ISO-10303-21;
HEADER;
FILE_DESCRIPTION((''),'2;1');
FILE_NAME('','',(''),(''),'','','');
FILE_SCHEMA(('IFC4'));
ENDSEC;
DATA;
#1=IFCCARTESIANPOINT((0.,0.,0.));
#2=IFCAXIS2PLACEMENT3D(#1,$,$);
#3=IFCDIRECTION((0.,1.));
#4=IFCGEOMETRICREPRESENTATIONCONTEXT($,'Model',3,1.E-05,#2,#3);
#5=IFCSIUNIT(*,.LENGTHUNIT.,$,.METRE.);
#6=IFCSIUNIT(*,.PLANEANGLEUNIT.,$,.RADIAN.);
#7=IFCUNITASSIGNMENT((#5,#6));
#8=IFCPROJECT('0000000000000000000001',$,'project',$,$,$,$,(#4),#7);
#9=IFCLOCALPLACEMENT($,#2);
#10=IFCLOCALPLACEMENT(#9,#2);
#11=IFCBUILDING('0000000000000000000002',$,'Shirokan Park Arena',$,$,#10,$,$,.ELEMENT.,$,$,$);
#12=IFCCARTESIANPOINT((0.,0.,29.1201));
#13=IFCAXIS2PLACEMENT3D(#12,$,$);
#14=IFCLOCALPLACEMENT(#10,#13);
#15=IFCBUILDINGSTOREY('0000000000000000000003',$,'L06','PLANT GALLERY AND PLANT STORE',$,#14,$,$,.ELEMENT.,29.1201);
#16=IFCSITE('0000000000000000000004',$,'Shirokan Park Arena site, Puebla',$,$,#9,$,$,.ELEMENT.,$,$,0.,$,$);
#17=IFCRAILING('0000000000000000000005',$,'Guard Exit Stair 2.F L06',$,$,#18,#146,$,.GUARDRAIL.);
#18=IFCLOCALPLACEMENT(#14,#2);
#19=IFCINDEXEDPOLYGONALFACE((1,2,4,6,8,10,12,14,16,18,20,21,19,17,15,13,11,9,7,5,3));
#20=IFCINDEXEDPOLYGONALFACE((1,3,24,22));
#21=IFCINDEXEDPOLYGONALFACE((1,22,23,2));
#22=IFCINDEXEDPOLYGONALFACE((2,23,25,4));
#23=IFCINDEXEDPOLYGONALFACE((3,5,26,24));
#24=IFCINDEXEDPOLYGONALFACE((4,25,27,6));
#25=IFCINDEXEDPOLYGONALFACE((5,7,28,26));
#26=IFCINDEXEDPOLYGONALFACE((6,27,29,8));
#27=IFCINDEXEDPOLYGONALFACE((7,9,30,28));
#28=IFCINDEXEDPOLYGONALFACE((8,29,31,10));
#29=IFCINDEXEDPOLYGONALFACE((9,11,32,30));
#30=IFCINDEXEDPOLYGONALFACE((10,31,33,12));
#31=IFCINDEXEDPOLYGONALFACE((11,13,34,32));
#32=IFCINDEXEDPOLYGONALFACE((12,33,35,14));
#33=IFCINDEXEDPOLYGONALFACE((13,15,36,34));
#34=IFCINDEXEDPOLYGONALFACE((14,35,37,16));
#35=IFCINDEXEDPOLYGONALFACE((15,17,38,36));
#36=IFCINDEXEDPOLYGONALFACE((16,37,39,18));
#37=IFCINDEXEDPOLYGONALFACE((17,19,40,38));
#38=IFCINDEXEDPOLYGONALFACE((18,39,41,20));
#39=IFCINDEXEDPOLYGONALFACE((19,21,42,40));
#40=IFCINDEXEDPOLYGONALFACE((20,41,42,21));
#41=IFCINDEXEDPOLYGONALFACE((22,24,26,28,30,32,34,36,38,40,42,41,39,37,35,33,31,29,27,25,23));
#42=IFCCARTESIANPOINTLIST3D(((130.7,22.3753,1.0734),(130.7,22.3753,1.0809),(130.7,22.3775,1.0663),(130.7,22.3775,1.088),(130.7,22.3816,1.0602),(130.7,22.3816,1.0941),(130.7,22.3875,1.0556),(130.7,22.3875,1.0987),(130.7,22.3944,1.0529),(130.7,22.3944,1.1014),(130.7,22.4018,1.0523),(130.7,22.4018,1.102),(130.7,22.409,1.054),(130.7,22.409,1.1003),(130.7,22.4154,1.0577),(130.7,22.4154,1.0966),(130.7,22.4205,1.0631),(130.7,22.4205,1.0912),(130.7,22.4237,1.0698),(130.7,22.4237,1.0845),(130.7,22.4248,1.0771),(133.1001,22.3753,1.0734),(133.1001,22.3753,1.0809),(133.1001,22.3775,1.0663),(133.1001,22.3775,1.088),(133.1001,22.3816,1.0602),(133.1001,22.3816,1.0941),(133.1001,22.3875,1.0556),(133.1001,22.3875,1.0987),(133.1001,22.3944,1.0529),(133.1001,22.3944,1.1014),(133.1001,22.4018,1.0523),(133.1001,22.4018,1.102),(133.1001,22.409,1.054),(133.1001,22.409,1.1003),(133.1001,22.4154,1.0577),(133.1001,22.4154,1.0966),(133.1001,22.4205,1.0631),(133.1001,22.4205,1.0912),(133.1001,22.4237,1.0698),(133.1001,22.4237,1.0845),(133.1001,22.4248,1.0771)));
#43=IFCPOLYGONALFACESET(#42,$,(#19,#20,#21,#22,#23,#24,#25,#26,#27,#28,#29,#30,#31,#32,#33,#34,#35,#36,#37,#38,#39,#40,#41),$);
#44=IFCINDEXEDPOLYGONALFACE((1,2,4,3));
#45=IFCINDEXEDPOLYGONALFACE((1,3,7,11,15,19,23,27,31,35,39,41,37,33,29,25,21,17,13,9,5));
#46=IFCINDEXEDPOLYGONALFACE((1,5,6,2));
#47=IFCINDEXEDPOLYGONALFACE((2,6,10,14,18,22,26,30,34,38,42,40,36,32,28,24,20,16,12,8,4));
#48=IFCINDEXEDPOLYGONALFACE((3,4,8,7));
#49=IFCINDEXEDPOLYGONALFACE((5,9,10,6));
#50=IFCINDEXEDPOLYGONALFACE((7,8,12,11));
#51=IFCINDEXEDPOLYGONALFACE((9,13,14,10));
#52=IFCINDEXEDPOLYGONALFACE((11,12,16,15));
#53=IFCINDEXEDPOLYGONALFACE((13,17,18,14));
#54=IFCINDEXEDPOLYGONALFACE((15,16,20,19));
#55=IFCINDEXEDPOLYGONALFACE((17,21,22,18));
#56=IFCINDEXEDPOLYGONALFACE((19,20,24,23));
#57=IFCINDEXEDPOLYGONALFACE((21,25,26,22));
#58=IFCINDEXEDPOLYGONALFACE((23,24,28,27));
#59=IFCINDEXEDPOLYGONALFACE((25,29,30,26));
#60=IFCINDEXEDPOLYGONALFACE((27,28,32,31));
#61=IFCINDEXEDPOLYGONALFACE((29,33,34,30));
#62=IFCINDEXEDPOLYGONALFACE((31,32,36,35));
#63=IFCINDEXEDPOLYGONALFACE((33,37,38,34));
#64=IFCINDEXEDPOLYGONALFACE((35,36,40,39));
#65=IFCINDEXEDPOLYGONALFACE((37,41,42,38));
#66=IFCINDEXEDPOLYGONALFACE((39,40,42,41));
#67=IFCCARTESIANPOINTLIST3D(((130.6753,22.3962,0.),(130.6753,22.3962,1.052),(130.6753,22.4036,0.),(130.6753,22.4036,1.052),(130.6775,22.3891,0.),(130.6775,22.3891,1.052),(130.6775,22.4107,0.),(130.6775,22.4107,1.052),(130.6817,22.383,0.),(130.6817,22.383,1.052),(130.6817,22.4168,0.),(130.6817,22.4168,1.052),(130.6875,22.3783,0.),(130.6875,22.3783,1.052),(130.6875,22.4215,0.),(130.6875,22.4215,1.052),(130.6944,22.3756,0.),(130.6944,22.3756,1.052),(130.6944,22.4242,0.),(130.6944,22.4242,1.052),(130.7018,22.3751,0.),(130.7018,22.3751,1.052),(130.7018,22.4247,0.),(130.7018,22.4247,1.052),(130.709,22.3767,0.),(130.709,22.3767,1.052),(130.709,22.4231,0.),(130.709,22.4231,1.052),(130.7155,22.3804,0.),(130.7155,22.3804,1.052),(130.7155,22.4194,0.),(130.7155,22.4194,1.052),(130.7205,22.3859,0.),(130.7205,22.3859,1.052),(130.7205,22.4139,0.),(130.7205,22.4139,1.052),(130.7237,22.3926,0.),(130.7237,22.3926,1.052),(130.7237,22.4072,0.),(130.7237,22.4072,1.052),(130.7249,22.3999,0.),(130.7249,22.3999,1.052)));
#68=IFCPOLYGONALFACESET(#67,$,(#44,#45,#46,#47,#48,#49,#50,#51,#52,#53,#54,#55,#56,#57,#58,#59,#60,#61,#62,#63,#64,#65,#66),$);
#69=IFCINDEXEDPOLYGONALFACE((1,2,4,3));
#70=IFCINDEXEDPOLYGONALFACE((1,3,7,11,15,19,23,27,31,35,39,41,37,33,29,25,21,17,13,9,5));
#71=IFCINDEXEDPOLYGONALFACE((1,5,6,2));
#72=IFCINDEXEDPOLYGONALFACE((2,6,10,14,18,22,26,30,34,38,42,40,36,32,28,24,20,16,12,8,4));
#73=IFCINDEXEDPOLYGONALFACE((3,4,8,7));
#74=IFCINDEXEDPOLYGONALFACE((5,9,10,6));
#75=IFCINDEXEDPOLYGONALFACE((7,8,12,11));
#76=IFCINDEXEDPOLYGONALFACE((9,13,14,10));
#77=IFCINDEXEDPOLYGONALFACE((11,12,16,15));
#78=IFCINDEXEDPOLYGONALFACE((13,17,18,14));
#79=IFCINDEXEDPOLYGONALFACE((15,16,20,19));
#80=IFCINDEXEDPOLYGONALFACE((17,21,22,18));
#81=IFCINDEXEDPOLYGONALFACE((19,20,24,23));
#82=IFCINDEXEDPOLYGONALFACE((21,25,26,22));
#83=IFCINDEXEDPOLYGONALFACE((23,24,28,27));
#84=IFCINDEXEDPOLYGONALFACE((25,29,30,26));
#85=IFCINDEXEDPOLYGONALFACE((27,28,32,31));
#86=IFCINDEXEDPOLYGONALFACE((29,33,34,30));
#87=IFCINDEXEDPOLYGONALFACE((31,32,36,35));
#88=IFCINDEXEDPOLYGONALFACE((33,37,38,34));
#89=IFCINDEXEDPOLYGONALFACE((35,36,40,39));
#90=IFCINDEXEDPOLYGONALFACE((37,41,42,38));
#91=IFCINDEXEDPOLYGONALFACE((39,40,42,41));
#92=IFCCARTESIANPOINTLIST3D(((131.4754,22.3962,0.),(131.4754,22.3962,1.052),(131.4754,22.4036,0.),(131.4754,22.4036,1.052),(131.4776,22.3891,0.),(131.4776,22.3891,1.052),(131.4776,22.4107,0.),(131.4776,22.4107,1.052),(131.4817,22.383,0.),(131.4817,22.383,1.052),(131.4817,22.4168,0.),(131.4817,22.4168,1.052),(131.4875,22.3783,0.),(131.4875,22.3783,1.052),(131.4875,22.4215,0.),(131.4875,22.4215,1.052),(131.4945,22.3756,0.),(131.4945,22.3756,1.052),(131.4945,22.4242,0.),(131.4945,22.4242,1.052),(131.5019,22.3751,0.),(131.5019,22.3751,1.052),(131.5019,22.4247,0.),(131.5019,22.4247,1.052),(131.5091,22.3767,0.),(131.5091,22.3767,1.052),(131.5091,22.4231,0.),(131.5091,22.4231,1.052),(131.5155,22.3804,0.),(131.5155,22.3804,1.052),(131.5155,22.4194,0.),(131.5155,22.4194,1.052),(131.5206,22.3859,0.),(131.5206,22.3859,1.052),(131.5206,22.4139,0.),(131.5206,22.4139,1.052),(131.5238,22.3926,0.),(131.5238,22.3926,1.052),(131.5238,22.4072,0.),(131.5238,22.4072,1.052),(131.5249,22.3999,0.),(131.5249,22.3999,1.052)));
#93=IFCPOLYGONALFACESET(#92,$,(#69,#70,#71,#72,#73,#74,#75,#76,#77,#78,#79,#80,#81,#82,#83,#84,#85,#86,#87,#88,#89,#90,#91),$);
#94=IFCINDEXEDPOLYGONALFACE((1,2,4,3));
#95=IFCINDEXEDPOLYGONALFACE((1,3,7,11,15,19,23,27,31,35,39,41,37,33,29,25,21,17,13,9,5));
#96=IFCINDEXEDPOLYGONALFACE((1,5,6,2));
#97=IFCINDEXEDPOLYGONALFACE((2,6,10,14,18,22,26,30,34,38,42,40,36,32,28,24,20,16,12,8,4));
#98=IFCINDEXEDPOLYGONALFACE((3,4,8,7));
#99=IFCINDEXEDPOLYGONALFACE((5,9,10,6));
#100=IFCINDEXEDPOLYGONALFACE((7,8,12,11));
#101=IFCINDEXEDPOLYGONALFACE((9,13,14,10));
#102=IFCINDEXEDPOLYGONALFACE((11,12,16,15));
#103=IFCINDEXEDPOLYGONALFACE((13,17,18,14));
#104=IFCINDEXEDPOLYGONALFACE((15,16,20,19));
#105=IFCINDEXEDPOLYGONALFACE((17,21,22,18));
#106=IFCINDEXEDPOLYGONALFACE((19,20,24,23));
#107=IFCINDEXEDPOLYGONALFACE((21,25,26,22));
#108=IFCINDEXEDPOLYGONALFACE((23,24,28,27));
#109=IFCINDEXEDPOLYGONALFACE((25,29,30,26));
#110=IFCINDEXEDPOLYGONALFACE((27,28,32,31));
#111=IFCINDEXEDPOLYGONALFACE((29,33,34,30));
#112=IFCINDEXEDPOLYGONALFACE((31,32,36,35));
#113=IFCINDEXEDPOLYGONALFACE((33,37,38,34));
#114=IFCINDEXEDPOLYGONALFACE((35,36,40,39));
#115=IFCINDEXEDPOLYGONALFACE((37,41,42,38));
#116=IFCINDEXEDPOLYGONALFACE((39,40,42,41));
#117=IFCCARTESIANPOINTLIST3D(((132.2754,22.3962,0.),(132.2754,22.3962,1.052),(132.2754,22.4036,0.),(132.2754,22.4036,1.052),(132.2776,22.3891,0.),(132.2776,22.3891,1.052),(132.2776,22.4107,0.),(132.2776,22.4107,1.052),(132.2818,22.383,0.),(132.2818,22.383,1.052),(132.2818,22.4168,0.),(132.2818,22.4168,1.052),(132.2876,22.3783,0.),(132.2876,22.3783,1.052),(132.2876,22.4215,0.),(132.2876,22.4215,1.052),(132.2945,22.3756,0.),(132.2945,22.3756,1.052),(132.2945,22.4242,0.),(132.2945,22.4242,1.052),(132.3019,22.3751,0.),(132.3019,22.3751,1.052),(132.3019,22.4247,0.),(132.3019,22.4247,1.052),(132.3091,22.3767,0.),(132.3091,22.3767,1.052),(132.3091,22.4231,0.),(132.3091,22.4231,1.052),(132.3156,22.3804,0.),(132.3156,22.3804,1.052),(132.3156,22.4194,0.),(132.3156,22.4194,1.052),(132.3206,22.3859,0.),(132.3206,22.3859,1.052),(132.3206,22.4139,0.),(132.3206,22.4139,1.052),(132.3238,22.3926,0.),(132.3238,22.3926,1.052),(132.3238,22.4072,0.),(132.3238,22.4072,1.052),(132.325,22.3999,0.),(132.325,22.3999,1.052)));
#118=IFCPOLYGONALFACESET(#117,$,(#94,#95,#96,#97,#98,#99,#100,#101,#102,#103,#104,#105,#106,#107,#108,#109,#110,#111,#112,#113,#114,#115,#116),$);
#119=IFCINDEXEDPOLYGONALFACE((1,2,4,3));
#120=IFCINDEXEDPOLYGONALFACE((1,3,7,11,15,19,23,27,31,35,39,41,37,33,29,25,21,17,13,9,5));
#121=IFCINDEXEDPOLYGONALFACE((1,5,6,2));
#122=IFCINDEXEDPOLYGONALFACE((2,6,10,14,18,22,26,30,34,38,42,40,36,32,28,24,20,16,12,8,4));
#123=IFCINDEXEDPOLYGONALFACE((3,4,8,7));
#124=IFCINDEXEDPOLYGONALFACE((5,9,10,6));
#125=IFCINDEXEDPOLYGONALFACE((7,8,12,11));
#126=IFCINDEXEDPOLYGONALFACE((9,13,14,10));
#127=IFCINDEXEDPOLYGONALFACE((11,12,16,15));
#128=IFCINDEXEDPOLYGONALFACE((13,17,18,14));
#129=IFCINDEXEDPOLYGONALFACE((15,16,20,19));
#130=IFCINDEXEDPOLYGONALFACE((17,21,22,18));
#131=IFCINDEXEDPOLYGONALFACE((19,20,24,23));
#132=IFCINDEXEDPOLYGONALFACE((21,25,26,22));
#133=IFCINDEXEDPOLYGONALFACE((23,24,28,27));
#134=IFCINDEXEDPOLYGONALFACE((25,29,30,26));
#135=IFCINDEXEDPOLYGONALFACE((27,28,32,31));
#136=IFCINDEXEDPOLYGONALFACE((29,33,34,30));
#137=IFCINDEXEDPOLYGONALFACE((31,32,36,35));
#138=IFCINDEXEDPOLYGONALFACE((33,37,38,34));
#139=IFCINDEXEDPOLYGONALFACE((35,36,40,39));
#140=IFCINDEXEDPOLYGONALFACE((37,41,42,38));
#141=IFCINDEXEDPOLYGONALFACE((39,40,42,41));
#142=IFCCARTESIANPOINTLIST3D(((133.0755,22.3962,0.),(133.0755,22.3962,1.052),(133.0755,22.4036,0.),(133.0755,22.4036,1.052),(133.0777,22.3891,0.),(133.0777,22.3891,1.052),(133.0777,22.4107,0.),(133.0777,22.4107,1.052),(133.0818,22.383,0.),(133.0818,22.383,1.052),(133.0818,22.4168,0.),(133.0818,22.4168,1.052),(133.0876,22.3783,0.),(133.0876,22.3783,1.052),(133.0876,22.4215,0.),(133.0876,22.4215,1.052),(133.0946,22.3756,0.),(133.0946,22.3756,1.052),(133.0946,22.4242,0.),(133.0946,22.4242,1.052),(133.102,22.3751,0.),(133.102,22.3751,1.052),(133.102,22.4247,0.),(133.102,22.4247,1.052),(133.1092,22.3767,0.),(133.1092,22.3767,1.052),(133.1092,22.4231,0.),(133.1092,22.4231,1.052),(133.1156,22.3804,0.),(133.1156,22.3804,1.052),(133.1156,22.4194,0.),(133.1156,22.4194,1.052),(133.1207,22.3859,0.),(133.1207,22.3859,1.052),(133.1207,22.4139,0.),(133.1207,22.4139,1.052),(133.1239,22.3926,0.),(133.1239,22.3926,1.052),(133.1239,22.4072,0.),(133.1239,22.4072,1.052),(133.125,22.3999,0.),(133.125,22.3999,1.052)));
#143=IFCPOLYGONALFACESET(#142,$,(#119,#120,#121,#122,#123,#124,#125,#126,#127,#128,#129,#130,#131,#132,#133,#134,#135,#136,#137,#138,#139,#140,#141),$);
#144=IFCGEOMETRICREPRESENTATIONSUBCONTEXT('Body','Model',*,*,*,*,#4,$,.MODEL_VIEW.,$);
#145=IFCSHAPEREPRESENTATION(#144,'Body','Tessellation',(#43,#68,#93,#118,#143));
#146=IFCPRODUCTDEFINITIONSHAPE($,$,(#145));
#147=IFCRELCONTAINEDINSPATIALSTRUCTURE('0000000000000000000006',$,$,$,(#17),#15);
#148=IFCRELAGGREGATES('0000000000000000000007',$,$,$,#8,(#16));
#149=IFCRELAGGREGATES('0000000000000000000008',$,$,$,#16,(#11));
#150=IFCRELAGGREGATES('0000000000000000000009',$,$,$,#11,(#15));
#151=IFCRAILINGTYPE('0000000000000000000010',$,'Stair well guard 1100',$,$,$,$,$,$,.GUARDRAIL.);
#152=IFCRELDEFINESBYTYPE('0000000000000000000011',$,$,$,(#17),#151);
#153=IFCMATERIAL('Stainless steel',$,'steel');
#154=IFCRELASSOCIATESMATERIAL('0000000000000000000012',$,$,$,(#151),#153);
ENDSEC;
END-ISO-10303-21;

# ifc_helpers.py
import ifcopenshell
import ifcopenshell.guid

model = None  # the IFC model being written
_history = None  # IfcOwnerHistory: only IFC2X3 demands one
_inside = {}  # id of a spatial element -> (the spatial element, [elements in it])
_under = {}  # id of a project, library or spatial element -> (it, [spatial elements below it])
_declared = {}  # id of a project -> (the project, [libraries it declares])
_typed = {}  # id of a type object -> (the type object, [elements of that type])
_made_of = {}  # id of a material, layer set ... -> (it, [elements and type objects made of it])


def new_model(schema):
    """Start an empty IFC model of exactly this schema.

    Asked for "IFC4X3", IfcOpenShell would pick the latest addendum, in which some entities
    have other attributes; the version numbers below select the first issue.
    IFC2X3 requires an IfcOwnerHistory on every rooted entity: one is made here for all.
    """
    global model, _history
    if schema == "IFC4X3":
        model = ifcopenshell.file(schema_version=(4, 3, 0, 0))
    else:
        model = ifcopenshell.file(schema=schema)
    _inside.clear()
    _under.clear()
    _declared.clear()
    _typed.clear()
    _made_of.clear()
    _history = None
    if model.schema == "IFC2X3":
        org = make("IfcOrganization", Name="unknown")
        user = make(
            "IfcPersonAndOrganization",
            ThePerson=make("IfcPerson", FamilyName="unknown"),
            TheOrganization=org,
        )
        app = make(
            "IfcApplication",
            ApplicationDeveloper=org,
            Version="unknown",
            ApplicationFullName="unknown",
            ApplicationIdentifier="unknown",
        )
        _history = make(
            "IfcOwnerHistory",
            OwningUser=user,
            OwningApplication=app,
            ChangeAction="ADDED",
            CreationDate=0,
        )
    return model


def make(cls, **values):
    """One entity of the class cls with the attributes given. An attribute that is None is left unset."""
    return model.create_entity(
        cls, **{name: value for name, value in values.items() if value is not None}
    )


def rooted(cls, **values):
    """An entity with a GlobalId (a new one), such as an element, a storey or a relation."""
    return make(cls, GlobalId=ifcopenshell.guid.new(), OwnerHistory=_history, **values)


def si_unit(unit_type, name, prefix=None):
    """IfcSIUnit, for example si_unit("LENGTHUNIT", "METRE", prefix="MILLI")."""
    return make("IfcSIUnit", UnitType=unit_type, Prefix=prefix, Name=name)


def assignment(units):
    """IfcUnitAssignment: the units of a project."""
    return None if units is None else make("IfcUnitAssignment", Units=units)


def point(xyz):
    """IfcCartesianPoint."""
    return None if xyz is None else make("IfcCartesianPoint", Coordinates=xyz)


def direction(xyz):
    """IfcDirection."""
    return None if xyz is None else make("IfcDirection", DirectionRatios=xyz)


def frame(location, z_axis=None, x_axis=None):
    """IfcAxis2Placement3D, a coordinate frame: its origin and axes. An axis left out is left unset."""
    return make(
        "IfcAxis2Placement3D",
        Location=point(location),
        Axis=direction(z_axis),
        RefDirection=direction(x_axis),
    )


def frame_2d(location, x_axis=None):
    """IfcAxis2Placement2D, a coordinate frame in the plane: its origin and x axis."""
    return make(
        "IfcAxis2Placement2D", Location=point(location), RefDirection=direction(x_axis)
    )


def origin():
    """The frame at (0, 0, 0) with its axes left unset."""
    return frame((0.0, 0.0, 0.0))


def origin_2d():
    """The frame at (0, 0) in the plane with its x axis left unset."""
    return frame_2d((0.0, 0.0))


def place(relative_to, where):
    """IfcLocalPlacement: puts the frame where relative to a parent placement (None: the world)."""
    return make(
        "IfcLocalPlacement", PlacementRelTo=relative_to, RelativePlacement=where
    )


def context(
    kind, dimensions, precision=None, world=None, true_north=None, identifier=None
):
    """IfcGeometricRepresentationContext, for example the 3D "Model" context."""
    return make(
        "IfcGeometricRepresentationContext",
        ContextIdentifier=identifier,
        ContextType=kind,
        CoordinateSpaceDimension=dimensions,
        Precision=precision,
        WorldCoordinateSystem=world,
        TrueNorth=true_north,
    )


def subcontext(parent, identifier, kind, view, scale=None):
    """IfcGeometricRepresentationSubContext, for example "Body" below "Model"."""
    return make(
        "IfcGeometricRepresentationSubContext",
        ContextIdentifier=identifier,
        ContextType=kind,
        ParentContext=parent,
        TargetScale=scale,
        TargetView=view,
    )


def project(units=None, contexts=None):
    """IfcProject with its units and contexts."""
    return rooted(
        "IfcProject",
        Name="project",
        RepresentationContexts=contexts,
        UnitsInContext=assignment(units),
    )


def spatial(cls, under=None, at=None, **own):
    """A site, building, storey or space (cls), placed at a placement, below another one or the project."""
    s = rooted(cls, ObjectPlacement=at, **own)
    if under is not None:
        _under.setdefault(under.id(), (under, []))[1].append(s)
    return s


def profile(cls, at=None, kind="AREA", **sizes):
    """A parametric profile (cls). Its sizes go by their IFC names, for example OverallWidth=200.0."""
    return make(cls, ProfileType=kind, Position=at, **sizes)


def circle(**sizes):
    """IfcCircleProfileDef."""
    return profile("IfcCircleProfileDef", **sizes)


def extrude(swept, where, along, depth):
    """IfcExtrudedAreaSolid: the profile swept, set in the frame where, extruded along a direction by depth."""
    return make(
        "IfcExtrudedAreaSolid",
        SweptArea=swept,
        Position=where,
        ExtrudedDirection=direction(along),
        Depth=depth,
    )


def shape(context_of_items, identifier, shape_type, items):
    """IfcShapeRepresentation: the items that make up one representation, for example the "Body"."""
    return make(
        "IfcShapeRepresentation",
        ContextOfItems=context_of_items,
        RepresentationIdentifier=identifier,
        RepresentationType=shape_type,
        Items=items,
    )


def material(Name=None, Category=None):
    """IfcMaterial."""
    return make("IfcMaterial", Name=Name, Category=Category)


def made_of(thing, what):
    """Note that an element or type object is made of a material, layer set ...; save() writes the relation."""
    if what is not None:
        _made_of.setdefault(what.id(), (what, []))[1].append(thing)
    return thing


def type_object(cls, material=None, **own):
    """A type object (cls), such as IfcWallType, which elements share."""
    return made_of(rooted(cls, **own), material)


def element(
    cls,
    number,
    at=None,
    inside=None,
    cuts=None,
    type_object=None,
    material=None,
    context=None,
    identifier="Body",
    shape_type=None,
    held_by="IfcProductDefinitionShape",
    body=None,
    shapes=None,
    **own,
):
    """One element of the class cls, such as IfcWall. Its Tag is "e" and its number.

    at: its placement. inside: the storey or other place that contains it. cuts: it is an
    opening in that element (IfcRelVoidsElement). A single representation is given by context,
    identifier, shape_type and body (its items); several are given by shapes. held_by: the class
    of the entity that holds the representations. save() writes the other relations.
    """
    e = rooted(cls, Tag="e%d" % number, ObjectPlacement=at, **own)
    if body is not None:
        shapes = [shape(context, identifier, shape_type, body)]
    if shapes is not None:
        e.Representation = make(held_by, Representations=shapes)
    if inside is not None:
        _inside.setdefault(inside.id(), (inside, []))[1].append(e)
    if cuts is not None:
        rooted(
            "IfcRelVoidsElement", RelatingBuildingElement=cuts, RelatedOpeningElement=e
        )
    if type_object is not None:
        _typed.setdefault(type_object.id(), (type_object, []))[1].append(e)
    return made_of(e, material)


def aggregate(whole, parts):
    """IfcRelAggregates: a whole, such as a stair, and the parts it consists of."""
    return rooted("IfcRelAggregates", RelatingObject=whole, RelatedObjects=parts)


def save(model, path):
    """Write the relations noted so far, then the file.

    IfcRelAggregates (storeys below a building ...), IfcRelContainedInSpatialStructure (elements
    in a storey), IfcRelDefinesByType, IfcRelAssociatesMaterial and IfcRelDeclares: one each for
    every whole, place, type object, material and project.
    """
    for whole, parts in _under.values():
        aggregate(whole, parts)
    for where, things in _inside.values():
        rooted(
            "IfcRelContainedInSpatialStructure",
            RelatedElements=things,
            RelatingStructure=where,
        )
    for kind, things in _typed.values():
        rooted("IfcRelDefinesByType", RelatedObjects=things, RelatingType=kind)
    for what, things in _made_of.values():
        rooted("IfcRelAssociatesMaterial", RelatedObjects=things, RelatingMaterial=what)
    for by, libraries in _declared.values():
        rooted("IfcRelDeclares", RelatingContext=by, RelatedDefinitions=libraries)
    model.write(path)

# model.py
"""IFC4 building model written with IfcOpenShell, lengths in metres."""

from ifc_helpers import new_model, si_unit, direction, frame, origin, origin_2d, place, context, subcontext, project, spatial, circle, extrude, material, type_object, element, save


model = new_model("IFC4")

# Units and contexts
model_context = context("Model", 3, precision=1e-05, world=origin(), true_north=direction((0.0, 1.0)))
body_context = subcontext(model_context, "Body", "Model", "MODEL_VIEW")
ifc_project = project(units=[si_unit("LENGTHUNIT", "METRE"), si_unit("PLANEANGLEUNIT", "RADIAN")], contexts=[model_context])

# Site, building, storey
site_placement = place(None, origin())
site = spatial("IfcSite", under=ifc_project, at=site_placement, Name="Shirokan Park Arena site, Puebla", CompositionType="ELEMENT", RefElevation=0.0)
building_placement = place(site_placement, origin())
building = spatial("IfcBuilding", under=site, at=building_placement, Name="Shirokan Park Arena", CompositionType="ELEMENT")
storey_placement = place(building_placement, frame((0.0, 0.0, 29.1201)))
storey = spatial("IfcBuildingStorey", under=building, at=storey_placement, Name="L06", Description="PLANT GALLERY AND PLANT STORE", CompositionType="ELEMENT", Elevation=29.1201)

# Railing
ifc_material_1 = material(Name="Stainless steel", Category="steel")
railing_type = type_object("IfcRailingType", Name="Stair well guard 1100", PredefinedType="GUARDRAIL", material=ifc_material_1)
railing_placement = place(storey_placement, frame((130.7, 22.3999, 0.0)))
element("IfcRailing", 1, at=railing_placement, inside=storey, type_object=railing_type, Name="Guard Exit Stair 2.F L06", PredefinedType="GUARDRAIL", context=body_context, shape_type="SweptSolid", body=[
    extrude(circle(Radius=0.0249, at=origin_2d()), frame((0.0, 0.0, 1.0771), z_axis=(1.0, 0.0, 0.0), x_axis=(0.0, 1.0, 0.0)), (0.0, 0.0, 1.0), 2.4001),
    extrude(circle(Radius=0.0249, at=origin_2d()), origin(), (0.0, 0.0, 1.0), 1.052),
    extrude(circle(Radius=0.0249, at=origin_2d()), frame((0.8, 0.0, 0.0)), (0.0, 0.0, 1.0), 1.052),
    extrude(circle(Radius=0.0249, at=origin_2d()), frame((1.6001, 0.0, 0.0)), (0.0, 0.0, 1.0), 1.052),
    extrude(circle(Radius=0.0249, at=origin_2d()), frame((2.4001, 0.0, 0.0)), (0.0, 0.0, 1.0), 1.052),
])

save(model, "model.ifc")
